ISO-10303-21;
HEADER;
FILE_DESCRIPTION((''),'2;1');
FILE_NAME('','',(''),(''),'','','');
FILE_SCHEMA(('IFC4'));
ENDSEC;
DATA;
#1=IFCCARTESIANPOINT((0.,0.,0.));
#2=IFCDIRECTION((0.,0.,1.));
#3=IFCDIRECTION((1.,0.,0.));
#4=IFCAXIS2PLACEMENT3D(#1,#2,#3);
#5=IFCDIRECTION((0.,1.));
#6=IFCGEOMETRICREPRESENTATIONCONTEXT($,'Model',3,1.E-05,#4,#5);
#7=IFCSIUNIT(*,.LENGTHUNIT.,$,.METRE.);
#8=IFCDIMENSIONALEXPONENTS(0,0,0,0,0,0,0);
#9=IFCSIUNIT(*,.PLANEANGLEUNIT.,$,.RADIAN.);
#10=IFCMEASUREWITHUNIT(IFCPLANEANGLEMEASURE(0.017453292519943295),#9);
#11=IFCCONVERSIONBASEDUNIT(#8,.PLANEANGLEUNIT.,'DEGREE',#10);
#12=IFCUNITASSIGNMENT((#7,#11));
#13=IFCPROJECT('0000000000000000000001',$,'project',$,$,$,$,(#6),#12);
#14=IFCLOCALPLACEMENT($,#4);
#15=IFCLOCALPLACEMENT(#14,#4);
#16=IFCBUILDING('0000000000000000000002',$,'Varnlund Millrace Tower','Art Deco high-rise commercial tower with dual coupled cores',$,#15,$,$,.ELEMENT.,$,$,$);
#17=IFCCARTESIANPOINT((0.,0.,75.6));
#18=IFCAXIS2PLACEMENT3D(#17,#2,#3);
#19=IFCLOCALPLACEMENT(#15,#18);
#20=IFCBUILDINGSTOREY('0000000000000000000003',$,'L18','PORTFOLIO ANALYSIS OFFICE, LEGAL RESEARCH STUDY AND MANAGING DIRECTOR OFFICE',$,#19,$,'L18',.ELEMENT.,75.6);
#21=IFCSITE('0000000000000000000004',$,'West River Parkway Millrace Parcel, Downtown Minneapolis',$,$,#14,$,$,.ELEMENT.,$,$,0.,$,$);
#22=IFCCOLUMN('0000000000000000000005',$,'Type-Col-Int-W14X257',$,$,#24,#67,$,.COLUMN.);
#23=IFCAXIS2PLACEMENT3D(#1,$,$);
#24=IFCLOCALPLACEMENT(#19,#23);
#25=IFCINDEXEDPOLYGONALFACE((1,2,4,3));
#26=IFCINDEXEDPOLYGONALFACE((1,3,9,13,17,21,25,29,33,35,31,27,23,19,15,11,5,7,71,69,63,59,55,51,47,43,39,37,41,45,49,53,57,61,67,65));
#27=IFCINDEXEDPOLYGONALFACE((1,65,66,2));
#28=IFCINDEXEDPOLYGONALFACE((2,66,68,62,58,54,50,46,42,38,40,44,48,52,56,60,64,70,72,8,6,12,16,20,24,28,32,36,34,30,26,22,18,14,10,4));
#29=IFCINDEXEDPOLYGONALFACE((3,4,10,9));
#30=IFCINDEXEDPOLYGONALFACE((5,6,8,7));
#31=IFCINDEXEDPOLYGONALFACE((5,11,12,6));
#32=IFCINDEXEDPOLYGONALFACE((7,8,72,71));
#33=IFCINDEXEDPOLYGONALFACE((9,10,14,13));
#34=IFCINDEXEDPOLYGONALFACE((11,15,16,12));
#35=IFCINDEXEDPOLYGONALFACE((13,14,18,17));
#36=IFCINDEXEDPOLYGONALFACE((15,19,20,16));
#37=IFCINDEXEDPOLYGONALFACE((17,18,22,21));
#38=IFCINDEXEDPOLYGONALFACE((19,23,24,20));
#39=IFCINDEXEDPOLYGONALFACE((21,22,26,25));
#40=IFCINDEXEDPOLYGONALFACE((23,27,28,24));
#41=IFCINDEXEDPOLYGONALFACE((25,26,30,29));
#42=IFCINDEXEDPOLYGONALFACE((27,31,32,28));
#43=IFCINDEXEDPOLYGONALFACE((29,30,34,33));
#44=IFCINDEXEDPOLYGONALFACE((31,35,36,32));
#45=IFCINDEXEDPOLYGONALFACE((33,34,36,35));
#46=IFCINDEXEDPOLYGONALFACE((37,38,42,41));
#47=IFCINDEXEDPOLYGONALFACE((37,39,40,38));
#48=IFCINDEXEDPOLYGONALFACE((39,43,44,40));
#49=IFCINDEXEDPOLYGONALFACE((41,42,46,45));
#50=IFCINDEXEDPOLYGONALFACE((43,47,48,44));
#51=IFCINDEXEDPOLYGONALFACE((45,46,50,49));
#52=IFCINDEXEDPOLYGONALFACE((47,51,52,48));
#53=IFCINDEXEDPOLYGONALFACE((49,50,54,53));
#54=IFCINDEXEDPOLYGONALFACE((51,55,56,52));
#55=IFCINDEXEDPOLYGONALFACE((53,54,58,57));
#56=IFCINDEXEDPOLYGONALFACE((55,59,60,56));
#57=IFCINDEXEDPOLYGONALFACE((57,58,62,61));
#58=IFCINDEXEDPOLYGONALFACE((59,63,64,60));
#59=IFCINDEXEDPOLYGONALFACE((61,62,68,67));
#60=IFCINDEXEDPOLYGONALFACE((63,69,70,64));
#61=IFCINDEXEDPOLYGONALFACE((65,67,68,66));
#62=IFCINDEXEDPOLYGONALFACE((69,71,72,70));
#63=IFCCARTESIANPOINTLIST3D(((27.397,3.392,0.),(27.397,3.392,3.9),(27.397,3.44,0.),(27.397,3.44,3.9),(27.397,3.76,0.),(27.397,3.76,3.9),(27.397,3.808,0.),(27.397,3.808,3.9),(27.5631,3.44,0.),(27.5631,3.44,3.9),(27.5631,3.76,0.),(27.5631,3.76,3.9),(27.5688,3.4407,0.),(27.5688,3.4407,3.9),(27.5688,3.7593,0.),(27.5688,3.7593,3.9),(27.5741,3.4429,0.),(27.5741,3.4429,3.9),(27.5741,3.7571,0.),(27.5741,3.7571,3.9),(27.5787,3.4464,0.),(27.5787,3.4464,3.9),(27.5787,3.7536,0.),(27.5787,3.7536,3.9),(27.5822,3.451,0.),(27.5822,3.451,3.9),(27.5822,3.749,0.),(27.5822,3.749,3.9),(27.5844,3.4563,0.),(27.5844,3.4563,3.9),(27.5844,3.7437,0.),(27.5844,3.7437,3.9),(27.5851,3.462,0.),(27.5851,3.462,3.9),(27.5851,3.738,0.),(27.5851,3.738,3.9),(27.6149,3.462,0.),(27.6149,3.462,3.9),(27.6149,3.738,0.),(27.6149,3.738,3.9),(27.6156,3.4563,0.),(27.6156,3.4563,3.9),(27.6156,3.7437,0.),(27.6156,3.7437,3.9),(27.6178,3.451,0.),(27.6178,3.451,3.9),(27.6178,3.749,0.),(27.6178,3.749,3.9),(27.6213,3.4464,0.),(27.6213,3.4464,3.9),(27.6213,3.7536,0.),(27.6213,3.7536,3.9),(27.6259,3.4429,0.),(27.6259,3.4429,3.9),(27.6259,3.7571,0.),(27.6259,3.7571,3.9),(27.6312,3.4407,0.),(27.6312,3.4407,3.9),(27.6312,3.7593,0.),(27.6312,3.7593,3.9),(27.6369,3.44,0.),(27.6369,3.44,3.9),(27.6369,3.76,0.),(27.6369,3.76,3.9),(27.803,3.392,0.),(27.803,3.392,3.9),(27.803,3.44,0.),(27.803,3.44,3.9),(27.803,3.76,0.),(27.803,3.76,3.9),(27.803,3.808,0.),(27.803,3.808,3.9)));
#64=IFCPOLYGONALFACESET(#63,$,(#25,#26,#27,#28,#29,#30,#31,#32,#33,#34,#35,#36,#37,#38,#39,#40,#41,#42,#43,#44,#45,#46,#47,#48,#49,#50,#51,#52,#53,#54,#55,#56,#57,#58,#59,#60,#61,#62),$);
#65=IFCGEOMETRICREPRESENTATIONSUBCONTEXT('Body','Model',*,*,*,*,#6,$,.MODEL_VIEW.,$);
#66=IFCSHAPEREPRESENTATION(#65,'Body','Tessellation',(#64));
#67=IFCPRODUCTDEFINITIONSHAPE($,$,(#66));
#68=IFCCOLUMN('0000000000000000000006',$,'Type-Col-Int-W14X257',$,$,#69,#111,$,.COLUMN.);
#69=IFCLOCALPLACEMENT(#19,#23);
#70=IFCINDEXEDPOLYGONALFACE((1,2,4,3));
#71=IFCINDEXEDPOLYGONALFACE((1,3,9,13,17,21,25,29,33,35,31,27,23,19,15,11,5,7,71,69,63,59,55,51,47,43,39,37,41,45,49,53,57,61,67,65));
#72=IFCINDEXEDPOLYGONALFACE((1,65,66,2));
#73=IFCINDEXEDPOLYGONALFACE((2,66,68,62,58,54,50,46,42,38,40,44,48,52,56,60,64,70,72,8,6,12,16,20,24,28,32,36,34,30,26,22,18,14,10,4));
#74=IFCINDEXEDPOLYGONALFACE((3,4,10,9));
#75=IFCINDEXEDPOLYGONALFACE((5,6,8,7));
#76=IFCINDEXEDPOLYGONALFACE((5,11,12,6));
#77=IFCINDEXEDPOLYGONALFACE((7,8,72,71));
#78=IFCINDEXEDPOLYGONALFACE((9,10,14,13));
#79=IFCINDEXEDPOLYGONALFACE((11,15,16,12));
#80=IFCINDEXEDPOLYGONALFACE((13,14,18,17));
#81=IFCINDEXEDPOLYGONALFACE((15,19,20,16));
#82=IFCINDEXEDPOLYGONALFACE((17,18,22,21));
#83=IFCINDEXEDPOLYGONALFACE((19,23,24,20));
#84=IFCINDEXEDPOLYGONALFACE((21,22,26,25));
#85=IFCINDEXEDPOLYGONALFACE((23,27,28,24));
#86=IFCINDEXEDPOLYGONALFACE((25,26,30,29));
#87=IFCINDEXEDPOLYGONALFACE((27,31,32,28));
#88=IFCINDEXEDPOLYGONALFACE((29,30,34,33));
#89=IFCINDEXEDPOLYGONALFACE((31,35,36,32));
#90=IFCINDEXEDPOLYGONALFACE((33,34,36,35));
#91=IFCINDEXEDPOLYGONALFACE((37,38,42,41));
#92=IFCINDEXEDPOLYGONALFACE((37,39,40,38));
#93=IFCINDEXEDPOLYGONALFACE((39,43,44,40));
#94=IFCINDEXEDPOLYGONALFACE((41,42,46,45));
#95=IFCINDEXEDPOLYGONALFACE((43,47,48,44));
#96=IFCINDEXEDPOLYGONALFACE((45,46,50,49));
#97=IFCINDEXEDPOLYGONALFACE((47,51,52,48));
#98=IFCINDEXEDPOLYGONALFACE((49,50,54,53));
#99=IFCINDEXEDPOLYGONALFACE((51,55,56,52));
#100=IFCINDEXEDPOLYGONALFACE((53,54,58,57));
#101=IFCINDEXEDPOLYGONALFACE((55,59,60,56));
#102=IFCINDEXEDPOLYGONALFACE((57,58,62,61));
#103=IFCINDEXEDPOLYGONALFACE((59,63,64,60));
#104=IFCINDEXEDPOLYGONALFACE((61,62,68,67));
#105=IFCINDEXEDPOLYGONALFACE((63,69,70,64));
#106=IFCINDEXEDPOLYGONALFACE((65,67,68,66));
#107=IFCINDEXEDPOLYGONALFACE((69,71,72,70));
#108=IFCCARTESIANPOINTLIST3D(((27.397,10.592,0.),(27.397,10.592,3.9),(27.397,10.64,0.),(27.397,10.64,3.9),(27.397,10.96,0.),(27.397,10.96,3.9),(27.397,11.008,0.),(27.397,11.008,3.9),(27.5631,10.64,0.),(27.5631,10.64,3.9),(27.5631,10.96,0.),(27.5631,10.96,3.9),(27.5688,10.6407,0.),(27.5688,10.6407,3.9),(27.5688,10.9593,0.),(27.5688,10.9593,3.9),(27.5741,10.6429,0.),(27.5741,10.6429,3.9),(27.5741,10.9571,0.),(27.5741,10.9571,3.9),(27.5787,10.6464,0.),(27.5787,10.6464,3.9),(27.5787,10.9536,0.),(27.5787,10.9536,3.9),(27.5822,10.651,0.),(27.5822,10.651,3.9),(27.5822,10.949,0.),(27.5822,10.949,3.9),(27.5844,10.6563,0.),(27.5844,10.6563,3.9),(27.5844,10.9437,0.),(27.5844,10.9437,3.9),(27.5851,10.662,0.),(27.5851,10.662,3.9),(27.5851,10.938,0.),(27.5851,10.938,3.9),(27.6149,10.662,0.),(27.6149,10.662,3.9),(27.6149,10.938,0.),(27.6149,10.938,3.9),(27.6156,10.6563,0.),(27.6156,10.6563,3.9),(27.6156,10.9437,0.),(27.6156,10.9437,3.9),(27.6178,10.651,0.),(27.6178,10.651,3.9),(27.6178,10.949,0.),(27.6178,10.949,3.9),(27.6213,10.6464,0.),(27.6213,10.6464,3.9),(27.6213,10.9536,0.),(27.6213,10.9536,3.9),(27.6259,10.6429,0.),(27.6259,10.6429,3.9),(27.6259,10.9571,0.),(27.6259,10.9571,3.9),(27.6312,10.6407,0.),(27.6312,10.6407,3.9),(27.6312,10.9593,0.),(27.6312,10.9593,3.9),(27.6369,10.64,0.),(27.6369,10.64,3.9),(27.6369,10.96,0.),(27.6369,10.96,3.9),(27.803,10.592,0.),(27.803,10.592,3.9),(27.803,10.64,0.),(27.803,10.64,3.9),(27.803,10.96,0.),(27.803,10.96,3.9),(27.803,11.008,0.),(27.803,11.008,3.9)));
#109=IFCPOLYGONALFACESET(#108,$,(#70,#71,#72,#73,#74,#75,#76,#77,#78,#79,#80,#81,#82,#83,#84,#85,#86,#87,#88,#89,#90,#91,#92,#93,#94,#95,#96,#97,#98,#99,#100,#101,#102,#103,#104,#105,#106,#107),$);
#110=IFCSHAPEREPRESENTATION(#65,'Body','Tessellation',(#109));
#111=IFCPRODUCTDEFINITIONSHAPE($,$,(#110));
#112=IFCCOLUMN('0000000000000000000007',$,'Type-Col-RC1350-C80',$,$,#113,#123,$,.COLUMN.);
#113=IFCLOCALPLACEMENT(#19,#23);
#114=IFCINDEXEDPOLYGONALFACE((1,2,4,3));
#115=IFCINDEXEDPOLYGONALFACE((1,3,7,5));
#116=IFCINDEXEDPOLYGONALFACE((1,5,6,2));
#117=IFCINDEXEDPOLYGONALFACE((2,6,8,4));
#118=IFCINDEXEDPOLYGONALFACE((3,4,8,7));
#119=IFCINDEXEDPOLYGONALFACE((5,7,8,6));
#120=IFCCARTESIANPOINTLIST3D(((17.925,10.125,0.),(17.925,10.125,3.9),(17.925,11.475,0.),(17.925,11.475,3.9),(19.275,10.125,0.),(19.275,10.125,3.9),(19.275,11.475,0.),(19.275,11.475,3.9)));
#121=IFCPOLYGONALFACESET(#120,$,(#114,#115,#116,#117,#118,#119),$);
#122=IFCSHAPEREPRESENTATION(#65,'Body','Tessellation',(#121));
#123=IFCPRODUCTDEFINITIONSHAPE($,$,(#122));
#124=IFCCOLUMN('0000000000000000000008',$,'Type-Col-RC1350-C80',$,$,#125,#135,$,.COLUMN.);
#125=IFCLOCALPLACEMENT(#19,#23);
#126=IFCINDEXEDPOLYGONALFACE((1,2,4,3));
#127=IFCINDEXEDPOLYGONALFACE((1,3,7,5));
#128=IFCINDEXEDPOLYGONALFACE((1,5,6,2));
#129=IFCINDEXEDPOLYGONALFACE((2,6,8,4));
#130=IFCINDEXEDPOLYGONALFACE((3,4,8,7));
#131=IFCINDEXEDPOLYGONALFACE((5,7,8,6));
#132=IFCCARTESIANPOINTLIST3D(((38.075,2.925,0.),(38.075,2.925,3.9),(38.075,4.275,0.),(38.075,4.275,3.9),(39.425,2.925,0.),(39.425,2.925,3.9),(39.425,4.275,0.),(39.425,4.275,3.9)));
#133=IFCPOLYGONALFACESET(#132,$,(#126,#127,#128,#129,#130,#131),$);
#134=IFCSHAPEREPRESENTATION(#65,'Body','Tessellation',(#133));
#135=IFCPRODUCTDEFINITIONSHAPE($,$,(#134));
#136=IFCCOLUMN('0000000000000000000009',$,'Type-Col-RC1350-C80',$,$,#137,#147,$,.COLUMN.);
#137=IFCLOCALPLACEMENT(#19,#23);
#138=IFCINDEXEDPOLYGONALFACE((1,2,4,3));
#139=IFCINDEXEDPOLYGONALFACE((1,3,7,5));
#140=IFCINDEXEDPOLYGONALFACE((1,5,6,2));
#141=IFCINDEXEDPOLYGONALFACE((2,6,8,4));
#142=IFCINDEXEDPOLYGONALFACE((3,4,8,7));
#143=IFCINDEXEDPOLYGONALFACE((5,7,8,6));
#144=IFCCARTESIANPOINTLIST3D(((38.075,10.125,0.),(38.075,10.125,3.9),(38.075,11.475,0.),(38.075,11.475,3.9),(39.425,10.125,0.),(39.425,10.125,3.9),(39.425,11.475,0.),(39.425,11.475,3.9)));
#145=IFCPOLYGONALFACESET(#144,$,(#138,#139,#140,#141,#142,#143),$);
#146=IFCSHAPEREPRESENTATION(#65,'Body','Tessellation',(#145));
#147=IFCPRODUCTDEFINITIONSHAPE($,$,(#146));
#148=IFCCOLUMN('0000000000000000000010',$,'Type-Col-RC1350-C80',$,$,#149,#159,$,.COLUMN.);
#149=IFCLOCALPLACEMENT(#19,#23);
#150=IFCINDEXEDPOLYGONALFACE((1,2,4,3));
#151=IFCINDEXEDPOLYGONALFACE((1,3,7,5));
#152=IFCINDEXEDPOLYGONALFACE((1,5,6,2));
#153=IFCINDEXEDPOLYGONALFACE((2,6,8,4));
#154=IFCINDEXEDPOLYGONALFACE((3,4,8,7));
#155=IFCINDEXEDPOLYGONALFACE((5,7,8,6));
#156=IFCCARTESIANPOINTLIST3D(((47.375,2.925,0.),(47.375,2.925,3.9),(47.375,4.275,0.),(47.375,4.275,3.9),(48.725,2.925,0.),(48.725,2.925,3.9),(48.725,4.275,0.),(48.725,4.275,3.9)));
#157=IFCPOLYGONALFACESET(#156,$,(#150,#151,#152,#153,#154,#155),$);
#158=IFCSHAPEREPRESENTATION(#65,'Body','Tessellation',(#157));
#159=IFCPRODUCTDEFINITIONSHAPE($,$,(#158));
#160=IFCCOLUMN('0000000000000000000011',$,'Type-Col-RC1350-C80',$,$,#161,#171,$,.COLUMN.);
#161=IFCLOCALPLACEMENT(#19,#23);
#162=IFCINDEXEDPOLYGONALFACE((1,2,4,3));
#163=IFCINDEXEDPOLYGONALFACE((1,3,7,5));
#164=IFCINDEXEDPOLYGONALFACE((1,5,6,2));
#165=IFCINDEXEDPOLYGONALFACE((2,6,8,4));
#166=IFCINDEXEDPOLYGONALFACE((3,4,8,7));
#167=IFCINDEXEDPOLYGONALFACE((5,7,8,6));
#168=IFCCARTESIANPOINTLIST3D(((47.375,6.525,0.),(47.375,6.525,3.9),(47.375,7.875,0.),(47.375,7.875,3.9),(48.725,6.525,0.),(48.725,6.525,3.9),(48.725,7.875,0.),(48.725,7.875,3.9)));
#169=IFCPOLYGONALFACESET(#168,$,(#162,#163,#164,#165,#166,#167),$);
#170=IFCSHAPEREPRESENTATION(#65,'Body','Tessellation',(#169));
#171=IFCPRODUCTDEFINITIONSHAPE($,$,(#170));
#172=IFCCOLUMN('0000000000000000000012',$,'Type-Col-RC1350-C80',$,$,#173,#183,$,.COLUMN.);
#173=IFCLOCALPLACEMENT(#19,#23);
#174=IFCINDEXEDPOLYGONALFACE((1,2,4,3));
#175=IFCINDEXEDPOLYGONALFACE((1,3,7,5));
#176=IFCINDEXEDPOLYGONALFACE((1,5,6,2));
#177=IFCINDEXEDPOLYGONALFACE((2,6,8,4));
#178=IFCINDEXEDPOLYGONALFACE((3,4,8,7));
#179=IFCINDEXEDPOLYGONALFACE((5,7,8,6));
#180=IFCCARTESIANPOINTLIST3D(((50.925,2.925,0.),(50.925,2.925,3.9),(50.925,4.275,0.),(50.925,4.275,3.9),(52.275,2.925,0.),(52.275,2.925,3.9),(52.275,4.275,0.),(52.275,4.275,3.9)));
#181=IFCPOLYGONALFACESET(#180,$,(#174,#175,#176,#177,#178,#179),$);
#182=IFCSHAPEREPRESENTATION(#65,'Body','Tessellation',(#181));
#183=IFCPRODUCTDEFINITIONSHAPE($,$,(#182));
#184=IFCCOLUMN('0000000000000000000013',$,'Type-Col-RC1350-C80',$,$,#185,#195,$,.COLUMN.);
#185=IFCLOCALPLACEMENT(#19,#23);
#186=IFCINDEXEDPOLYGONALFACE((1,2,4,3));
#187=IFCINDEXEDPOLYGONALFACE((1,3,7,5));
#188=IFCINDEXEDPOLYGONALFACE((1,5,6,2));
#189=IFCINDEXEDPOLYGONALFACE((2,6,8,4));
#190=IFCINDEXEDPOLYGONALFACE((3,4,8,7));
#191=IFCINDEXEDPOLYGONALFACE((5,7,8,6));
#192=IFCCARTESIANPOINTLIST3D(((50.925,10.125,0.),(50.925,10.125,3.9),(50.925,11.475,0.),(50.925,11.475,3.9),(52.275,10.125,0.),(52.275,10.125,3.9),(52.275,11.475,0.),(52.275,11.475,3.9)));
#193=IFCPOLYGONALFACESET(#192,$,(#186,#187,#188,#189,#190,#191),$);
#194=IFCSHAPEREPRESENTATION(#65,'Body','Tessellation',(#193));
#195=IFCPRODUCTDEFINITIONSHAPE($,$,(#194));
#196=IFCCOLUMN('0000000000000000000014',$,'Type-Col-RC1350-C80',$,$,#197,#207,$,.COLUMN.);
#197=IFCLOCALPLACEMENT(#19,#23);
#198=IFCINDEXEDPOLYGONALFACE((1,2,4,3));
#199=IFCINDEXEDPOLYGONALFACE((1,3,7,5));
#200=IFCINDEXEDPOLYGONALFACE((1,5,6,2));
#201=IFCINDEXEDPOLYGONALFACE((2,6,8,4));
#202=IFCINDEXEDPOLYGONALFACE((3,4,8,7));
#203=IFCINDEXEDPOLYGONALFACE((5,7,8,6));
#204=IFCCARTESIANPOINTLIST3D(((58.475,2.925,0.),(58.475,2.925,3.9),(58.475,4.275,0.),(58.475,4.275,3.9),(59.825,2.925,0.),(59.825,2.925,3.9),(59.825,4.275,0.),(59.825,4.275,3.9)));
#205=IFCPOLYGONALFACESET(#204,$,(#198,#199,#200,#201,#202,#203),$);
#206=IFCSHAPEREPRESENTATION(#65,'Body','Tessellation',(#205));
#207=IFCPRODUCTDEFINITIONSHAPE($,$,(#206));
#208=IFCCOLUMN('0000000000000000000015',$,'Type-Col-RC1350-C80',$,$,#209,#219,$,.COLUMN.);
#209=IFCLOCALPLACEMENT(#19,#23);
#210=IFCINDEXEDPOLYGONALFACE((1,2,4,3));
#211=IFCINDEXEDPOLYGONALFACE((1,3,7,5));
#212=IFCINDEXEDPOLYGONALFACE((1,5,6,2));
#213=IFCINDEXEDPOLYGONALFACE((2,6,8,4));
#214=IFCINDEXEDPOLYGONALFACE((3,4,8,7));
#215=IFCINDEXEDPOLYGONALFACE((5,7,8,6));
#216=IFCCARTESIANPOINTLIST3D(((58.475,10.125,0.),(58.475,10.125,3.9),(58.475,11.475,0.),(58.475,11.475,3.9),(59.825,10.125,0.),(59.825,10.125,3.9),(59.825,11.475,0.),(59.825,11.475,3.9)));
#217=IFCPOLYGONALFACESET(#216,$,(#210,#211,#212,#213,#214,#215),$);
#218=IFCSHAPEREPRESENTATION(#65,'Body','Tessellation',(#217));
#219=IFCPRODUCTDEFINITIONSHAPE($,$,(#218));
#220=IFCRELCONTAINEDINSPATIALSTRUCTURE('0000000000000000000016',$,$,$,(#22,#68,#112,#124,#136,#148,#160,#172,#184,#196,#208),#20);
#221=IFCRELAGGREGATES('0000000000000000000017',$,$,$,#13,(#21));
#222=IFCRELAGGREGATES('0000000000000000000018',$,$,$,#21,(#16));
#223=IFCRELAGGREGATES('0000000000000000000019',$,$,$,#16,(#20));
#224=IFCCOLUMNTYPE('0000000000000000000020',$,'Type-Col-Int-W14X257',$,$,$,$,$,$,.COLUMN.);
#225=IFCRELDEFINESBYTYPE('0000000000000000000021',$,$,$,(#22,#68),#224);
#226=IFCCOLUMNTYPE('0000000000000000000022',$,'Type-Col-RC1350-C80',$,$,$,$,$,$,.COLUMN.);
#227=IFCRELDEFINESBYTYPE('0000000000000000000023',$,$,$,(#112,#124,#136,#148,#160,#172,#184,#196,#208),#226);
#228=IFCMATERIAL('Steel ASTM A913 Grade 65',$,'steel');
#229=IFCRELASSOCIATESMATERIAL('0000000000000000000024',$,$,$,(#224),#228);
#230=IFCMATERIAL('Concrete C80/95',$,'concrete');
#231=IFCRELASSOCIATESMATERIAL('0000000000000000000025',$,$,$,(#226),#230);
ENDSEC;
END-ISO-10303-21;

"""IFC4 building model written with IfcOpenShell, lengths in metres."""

from ifc_helpers import new_model, entity, si_unit, converted_unit, direction, frame, origin_with_axes, origin_2d_with_axis, place, context, subcontext, project, spatial, rectangle, i_section, extrude, material, material_profile, profile_set, type_object, element, save


model = new_model("IFC4")

# Units and contexts
model_context = context("Model", 3, precision=1e-05, world=origin_with_axes(), true_north=direction((0.0, 1.0)))
body_context = subcontext(model_context, "Body", "Model", "MODEL_VIEW")
ifc_project = project(units=[si_unit("LENGTHUNIT", "METRE"), converted_unit("PLANEANGLEUNIT", "DEGREE", entity("IfcPlaneAngleMeasure", 0.017453292519943295), si_unit("PLANEANGLEUNIT", "RADIAN"), dimensions=[0, 0, 0, 0, 0, 0, 0])], contexts=[model_context])

# Site, building, storey
site_placement = place(None, origin_with_axes())
site = spatial("IfcSite", under=ifc_project, at=site_placement, Name="West River Parkway Millrace Parcel, Downtown Minneapolis", CompositionType="ELEMENT", RefElevation=0.0)
building_placement = place(site_placement, origin_with_axes())
building = spatial("IfcBuilding", under=site, at=building_placement, Name="Varnlund Millrace Tower", Description="Art Deco high-rise commercial tower with dual coupled cores", CompositionType="ELEMENT")
storey_placement = place(building_placement, frame((0.0, 0.0, 75.6), z_axis=(0.0, 0.0, 1.0), x_axis=(1.0, 0.0, 0.0)))
storey = spatial("IfcBuildingStorey", under=building, at=storey_placement, Name="L18", Description="PORTFOLIO ANALYSIS OFFICE, LEGAL RESEARCH STUDY AND MANAGING DIRECTOR OFFICE", LongName="L18", CompositionType="ELEMENT", Elevation=75.6)

# Columns
ifc_material_1 = material(Name="Steel ASTM A913 Grade 65", Category="steel")
ifc_material_profile_1 = material_profile(ifc_material_1, i_section(OverallWidth=0.406, OverallDepth=0.416, WebThickness=0.0298, FlangeThickness=0.048, FilletRadius=0.022, at=origin_2d_with_axis()), Name="Steel ASTM A913 Grade 65")
ifc_profile_set_1 = profile_set([ifc_material_profile_1], Name="Steel ASTM A913 Grade 65")
column_type_1 = type_object("IfcColumnType", Name="Type-Col-Int-W14X257", PredefinedType="COLUMN", material=ifc_profile_set_1)
for number, where, z_axis, x_axis, name in (
    (1, (27.6, 3.6, 0.0), (0.0, 0.0, 1.0), (1.0, 0.0, 0.0), "Type-Col-Int-W14X257"),
    (2, (27.6, 10.8, 0.0), (0.0, 0.0, 1.0), (1.0, 0.0, 0.0), "Type-Col-Int-W14X257"),
):
    element("IfcColumn", number, at=place(storey_placement, frame(where, z_axis=z_axis, x_axis=x_axis)), inside=storey, type_object=column_type_1, Name=name, PredefinedType="COLUMN", context=body_context, shape_type="SweptSolid", body=[
        extrude(i_section(OverallWidth=0.406, OverallDepth=0.416, WebThickness=0.0298, FlangeThickness=0.048, FilletRadius=0.022, at=origin_2d_with_axis()), origin_with_axes(), (0.0, 0.0, 1.0), 3.9),
    ])
ifc_material_2 = material(Name="Concrete C80/95", Category="concrete")
ifc_material_profile_2 = material_profile(ifc_material_2, rectangle(XDim=1.35, YDim=1.35, at=origin_2d_with_axis()), Name="Concrete C80/95")
ifc_profile_set_2 = profile_set([ifc_material_profile_2], Name="Concrete C80/95")
column_type_2 = type_object("IfcColumnType", Name="Type-Col-RC1350-C80", PredefinedType="COLUMN", material=ifc_profile_set_2)
for number, where, z_axis, x_axis, name in (
    (3, (18.6, 10.8, 0.0), (0.0, 0.0, 1.0), (1.0, 0.0, 0.0), "Type-Col-RC1350-C80"),
    (4, (38.75, 3.6, 0.0), (0.0, 0.0, 1.0), (1.0, 0.0, 0.0), "Type-Col-RC1350-C80"),
    (5, (38.75, 10.8, 0.0), (0.0, 0.0, 1.0), (1.0, 0.0, 0.0), "Type-Col-RC1350-C80"),
    (6, (48.05, 3.6, 0.0), (0.0, 0.0, 1.0), (1.0, 0.0, 0.0), "Type-Col-RC1350-C80"),
    (7, (48.05, 7.2, 0.0), (0.0, 0.0, 1.0), (1.0, 0.0, 0.0), "Type-Col-RC1350-C80"),
    (8, (51.6, 3.6, 0.0), (0.0, 0.0, 1.0), (1.0, 0.0, 0.0), "Type-Col-RC1350-C80"),
    (9, (51.6, 10.8, 0.0), (0.0, 0.0, 1.0), (1.0, 0.0, 0.0), "Type-Col-RC1350-C80"),
    (10, (59.15, 3.6, 0.0), (0.0, 0.0, 1.0), (1.0, 0.0, 0.0), "Type-Col-RC1350-C80"),
    (11, (59.15, 10.8, 0.0), (0.0, 0.0, 1.0), (1.0, 0.0, 0.0), "Type-Col-RC1350-C80"),
):
    element("IfcColumn", number, at=place(storey_placement, frame(where, z_axis=z_axis, x_axis=x_axis)), inside=storey, type_object=column_type_2, Name=name, PredefinedType="COLUMN", context=body_context, shape_type="SweptSolid", body=[
        extrude(rectangle(XDim=1.35, YDim=1.35, at=origin_2d_with_axis()), origin_with_axes(), (0.0, 0.0, 1.0), 3.9),
    ])

save(model, "model.ifc")
